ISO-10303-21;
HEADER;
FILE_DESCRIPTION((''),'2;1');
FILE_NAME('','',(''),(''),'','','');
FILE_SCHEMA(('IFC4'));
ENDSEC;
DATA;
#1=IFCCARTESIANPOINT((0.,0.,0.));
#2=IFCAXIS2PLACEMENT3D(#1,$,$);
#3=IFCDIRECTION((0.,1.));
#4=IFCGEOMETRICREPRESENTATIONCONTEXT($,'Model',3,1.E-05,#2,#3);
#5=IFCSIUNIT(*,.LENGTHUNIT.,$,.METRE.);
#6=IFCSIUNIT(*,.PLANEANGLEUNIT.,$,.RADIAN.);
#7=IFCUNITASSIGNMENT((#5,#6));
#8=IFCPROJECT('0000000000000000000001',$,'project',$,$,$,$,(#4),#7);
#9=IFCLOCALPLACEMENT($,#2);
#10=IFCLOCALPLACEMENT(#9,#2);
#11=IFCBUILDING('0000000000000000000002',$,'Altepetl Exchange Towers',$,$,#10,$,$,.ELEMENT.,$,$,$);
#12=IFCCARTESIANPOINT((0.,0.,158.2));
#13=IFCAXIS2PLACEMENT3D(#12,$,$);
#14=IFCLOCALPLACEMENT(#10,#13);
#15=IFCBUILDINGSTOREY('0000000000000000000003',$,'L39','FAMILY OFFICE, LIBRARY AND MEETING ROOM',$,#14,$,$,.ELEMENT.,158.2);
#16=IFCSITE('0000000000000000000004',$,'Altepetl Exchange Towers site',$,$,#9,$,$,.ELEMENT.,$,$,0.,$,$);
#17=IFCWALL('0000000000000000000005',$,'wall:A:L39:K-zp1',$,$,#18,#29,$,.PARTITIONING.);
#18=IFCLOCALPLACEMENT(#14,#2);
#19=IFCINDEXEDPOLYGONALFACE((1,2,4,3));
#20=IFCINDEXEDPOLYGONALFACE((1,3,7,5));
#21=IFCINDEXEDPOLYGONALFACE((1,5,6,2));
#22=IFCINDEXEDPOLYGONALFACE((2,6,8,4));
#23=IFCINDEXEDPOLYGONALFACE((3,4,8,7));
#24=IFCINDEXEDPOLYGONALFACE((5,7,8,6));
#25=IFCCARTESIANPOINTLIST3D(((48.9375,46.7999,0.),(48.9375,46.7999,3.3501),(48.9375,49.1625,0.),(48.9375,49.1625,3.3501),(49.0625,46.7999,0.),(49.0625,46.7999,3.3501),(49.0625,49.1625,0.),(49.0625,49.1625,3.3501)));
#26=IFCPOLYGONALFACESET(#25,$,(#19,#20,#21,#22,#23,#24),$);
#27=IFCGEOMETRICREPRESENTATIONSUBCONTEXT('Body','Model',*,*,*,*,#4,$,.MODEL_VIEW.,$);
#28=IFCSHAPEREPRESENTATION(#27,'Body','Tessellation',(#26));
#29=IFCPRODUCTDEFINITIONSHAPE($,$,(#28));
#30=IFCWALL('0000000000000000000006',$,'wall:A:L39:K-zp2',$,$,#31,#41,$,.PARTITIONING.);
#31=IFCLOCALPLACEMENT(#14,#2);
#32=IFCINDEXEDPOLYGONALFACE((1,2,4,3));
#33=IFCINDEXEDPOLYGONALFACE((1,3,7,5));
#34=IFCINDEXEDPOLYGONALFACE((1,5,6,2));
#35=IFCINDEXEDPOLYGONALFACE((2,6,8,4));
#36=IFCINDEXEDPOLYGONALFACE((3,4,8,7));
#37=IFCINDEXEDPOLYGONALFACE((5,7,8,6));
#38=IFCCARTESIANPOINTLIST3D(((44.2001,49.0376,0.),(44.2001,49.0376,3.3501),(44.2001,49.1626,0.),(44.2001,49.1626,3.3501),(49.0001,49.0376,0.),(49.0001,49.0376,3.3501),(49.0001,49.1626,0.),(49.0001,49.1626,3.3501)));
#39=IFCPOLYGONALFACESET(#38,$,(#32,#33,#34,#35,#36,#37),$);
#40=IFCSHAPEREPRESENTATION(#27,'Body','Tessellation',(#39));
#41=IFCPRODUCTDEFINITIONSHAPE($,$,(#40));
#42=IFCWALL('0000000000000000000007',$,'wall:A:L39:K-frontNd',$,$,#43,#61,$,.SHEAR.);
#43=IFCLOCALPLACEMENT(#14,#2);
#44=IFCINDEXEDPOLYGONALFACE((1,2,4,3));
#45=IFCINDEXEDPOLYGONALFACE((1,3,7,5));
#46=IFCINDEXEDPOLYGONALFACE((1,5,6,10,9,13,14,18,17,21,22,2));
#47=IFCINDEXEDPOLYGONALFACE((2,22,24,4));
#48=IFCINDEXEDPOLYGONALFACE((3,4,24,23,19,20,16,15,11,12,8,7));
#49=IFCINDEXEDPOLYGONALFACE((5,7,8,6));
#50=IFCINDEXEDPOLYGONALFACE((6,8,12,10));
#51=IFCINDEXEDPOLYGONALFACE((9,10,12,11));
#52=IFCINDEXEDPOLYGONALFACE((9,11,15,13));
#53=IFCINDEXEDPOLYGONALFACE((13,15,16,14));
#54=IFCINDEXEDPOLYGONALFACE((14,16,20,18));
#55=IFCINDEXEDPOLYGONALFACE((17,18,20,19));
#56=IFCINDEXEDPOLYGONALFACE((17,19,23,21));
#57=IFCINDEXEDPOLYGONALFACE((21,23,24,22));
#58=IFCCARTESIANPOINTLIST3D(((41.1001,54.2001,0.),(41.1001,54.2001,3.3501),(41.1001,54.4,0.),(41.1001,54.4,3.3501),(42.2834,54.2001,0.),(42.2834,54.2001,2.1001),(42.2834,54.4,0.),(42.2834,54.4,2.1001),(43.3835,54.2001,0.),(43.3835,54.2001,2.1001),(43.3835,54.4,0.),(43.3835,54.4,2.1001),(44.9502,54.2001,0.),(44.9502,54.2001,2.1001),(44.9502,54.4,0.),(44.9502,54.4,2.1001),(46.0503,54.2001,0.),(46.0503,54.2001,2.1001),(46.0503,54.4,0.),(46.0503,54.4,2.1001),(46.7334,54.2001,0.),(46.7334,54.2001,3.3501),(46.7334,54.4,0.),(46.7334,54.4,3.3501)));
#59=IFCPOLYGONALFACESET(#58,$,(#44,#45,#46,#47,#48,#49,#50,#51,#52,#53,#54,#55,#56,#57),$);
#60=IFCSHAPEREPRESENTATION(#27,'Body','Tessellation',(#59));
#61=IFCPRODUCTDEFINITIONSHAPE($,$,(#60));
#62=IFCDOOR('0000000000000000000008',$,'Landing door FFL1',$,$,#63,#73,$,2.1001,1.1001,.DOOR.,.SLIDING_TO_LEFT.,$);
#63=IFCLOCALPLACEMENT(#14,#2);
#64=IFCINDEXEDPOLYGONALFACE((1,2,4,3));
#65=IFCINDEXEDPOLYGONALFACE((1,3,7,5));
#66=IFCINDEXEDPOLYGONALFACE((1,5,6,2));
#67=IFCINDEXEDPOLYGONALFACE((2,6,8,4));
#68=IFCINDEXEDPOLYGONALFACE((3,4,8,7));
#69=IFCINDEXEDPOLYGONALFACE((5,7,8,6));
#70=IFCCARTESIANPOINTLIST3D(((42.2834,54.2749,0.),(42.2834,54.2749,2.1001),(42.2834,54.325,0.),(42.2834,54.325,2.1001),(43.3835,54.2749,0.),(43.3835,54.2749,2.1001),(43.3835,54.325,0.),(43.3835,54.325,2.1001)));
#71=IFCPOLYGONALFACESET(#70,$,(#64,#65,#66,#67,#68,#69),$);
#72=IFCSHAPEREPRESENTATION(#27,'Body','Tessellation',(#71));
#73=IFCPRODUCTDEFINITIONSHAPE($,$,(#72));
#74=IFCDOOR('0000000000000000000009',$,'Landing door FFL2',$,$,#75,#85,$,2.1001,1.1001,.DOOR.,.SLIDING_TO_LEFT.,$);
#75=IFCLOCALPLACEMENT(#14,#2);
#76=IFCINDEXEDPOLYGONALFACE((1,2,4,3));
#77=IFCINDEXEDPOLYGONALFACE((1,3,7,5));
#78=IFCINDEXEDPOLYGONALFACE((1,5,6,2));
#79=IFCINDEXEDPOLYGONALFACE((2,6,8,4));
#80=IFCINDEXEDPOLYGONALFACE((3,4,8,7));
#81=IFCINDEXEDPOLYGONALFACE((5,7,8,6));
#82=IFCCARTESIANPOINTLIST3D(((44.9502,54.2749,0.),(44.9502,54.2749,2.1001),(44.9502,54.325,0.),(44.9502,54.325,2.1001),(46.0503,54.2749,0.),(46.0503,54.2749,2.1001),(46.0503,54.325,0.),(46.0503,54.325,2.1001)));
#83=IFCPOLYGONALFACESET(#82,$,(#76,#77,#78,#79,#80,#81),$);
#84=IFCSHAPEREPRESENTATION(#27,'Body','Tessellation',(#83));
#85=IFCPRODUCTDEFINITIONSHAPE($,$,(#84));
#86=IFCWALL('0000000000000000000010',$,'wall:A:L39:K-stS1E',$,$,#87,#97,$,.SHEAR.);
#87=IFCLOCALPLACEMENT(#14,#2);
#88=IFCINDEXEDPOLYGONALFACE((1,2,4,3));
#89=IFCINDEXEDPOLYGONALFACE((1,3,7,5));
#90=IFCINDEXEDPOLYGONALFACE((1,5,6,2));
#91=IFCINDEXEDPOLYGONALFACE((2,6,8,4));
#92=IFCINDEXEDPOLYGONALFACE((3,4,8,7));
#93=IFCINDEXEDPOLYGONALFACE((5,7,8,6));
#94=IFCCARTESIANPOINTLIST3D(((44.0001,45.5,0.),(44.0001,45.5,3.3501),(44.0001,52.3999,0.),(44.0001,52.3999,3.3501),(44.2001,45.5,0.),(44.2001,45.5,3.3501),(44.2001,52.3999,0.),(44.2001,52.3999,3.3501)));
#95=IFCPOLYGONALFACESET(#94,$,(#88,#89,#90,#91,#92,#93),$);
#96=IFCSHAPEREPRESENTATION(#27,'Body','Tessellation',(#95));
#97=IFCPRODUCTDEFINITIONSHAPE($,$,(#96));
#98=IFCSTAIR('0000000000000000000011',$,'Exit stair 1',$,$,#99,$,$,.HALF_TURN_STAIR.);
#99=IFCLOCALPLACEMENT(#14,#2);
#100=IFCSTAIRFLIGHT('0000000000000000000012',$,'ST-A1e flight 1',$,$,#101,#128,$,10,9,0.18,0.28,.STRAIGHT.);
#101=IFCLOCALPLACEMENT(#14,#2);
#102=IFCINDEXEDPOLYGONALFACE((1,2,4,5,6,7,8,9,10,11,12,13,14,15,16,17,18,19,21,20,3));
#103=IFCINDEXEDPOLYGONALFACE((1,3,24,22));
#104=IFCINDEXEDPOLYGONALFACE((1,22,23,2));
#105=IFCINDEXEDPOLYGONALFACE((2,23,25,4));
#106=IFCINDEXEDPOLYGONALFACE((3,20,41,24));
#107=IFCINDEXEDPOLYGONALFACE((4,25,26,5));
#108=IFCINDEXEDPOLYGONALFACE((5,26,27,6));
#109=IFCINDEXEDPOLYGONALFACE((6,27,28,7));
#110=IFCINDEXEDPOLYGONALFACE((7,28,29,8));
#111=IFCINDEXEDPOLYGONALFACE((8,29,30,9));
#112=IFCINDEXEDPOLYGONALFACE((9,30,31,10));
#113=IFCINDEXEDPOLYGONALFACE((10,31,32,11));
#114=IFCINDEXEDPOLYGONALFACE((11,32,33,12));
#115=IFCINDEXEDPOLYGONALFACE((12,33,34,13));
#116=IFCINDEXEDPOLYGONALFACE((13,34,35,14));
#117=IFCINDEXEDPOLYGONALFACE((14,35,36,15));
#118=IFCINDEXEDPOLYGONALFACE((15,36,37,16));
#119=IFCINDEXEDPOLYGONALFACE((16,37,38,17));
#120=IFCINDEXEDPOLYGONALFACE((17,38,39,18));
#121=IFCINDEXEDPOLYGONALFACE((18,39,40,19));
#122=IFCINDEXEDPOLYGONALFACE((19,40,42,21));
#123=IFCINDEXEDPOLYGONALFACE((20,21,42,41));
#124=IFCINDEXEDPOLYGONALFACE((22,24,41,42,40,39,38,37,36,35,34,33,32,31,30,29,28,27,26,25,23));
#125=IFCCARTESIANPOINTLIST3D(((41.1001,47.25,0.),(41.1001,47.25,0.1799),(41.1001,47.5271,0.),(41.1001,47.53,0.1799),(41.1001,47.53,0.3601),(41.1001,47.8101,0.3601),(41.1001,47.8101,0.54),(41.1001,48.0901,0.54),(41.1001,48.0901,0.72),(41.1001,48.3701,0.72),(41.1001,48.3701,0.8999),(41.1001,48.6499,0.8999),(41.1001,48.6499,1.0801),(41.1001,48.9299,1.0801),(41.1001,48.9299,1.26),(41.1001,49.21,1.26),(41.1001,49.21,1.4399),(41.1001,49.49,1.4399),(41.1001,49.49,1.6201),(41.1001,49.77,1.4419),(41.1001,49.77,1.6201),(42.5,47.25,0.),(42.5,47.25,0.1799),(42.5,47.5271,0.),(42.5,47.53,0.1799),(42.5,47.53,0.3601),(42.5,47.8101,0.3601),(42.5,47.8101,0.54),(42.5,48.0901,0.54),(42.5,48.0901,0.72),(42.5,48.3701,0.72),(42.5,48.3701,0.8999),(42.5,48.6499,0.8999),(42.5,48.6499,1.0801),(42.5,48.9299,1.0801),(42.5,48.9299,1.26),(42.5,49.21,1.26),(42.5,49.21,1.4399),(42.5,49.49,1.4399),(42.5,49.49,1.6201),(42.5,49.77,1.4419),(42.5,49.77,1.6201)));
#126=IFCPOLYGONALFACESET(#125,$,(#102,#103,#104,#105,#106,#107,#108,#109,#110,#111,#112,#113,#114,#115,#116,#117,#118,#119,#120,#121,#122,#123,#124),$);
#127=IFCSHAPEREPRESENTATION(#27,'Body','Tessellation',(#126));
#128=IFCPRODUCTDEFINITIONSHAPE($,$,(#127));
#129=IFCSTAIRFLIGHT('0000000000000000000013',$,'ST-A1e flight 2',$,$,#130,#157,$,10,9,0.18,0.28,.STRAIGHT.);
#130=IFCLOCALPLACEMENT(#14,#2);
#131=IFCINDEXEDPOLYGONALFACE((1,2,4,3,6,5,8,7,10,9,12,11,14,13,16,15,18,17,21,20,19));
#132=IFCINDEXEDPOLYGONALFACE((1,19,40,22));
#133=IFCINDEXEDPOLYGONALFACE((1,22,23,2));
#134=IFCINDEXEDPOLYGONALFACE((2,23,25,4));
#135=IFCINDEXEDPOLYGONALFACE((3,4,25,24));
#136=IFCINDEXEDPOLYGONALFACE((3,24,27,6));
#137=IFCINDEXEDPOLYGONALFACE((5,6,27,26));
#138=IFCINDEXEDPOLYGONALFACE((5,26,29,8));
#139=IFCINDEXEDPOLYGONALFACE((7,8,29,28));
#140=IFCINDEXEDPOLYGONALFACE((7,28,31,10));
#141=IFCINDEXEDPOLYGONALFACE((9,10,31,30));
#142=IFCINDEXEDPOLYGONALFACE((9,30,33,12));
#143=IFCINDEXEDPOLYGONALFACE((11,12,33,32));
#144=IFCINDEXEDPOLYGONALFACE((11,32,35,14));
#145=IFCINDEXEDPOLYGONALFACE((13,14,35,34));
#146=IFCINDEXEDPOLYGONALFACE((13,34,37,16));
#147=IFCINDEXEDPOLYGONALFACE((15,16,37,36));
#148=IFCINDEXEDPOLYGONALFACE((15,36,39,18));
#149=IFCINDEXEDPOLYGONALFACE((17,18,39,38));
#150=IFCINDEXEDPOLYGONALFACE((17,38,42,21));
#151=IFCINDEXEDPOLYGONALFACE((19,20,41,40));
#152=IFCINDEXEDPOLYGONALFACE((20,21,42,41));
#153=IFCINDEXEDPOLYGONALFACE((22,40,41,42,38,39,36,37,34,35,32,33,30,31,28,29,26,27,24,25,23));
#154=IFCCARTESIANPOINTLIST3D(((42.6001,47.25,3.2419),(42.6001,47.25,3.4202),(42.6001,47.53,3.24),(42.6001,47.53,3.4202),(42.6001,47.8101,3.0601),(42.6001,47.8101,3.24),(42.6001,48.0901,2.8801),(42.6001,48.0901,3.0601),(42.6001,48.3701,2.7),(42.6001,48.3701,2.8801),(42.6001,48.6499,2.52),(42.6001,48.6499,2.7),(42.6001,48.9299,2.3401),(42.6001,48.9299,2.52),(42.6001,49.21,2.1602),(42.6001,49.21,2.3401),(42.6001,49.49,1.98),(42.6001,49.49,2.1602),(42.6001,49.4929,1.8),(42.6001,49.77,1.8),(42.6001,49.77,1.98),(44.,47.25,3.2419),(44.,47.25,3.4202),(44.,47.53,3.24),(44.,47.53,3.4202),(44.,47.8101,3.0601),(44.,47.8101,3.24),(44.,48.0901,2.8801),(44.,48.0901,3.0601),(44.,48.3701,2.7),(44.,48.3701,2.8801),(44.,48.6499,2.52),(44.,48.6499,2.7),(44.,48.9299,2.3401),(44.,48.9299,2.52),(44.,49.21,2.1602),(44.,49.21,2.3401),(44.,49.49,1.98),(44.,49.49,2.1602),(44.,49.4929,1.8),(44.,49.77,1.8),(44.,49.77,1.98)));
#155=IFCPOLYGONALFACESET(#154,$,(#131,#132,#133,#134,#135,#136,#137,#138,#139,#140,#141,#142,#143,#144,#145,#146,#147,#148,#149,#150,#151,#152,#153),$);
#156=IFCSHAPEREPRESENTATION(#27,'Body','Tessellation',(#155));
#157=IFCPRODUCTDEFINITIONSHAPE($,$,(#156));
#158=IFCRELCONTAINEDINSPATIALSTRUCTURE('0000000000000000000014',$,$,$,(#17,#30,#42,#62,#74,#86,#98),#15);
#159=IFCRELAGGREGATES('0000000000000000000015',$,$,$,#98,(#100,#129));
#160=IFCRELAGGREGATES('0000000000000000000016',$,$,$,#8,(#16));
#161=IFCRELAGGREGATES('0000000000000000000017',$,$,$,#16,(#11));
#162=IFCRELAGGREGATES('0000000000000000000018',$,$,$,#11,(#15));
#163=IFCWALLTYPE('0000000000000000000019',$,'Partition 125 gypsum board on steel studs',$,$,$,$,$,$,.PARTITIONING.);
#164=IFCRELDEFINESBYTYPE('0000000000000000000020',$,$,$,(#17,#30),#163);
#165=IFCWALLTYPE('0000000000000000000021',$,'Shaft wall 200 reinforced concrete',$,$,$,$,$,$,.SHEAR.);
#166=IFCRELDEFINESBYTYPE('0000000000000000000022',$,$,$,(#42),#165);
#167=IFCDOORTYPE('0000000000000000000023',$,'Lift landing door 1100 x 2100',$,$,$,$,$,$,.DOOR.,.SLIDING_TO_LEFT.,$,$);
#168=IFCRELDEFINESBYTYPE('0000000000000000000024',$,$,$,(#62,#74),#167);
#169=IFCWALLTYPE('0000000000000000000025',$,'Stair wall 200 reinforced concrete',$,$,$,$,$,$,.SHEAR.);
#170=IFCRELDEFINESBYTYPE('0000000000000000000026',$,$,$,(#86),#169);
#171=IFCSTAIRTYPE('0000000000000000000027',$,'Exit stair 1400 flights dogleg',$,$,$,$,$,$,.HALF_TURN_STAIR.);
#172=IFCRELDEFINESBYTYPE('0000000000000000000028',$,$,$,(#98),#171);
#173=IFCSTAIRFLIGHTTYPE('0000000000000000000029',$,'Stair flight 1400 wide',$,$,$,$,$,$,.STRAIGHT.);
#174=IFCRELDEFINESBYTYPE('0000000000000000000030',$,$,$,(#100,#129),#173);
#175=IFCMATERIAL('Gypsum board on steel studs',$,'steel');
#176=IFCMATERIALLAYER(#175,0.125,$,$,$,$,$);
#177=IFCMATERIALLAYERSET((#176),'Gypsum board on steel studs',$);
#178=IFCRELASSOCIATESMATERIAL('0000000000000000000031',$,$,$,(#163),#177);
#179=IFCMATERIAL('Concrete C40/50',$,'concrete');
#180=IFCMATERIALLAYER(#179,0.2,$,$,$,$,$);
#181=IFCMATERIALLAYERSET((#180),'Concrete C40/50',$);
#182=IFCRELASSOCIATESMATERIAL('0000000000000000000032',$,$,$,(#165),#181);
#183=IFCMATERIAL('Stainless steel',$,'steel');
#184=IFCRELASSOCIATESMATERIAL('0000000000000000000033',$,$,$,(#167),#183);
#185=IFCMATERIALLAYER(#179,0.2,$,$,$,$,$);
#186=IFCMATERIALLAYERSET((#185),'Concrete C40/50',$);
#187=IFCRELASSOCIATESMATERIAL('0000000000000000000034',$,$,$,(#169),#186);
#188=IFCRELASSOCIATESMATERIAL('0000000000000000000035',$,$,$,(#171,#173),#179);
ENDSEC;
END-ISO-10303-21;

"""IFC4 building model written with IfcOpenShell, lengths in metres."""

from ifc_helpers import new_model, si_unit, direction, frame, frame_2d, origin, place, context, subcontext, project, spatial, polyline, rectangle, outline, extrude, material, layer, layer_set, type_object, element, fill, aggregate, save


model = new_model("IFC4")

# Units and contexts
model_context = context("Model", 3, precision=1e-05, world=origin(), true_north=direction((0.0, 1.0)))
body_context = subcontext(model_context, "Body", "Model", "MODEL_VIEW")
ifc_project = project(units=[si_unit("LENGTHUNIT", "METRE"), si_unit("PLANEANGLEUNIT", "RADIAN")], contexts=[model_context])

# Site, building, storey
site_placement = place(None, origin())
site = spatial("IfcSite", under=ifc_project, at=site_placement, Name="Altepetl Exchange Towers site", CompositionType="ELEMENT", RefElevation=0.0)
building_placement = place(site_placement, origin())
building = spatial("IfcBuilding", under=site, at=building_placement, Name="Altepetl Exchange Towers", CompositionType="ELEMENT")
storey_placement = place(building_placement, frame((0.0, 0.0, 158.2)))
storey = spatial("IfcBuildingStorey", under=building, at=storey_placement, Name="L39", Description="FAMILY OFFICE, LIBRARY AND MEETING ROOM", CompositionType="ELEMENT", Elevation=158.2)

# Walls
ifc_material_1 = material(Name="Gypsum board on steel studs", Category="steel")
ifc_layer_1 = layer(ifc_material_1, 0.125)
ifc_layer_set_1 = layer_set([ifc_layer_1], Name="Gypsum board on steel studs")
wall_type_1 = type_object("IfcWallType", Name="Partition 125 gypsum board on steel studs", PredefinedType="PARTITIONING", material=ifc_layer_set_1)
wall_1_placement = place(storey_placement, frame((49.0, 46.8, 0.0), z_axis=(0.0, 0.0, 1.0), x_axis=(0.0, 1.0, 0.0)))
element("IfcWall", 1, at=wall_1_placement, inside=storey, type_object=wall_type_1, Name="wall:A:L39:K-zp1", PredefinedType="PARTITIONING", context=body_context, shape_type="SweptSolid", body=[
    extrude(rectangle(XDim=2.3625, YDim=0.125, at=frame_2d((1.1812, 0.0))), origin(), (0.0, 0.0, 1.0), 3.3501),
])
wall_2_placement = place(storey_placement, frame((49.0, 49.1001, 0.0), z_axis=(0.0, 0.0, 1.0), x_axis=(-1.0, 0.0, 0.0)))
element("IfcWall", 2, at=wall_2_placement, inside=storey, type_object=wall_type_1, Name="wall:A:L39:K-zp2", PredefinedType="PARTITIONING", context=body_context, shape_type="SweptSolid", body=[
    extrude(rectangle(XDim=4.8, YDim=0.125, at=frame_2d((2.3999, 0.0))), origin(), (0.0, 0.0, 1.0), 3.3501),
])

# Wall, openings, doors
ifc_material_2 = material(Name="Concrete C40/50", Category="concrete")
ifc_layer_2 = layer(ifc_material_2, 0.2)
ifc_layer_set_2 = layer_set([ifc_layer_2], Name="Concrete C40/50")
wall_type_2 = type_object("IfcWallType", Name="Shaft wall 200 reinforced concrete", PredefinedType="SHEAR", material=ifc_layer_set_2)
wall_3_placement = place(storey_placement, frame((41.1001, 54.3, 0.0)))
wall_3 = element("IfcWall", 3, at=wall_3_placement, inside=storey, type_object=wall_type_2, Name="wall:A:L39:K-frontNd", PredefinedType="SHEAR", context=body_context, shape_type="SweptSolid", body=[
    extrude(rectangle(XDim=5.6333, YDim=0.2, at=frame_2d((2.8167, 0.0))), origin(), (0.0, 0.0, 1.0), 3.3501),
])
opening_1_placement = place(wall_3_placement, frame((1.1833, 0.0, 0.0)))
opening_1 = element("IfcOpeningElement", 4, at=opening_1_placement, cuts=wall_3, PredefinedType="OPENING", context=body_context, shape_type="SweptSolid", body=[
    extrude(rectangle(XDim=1.1001, YDim=2.1001, at=frame_2d((0.55, 1.05))), frame((0.0, 0.1099, 0.0), z_axis=(0.0, -1.0, 0.0), x_axis=(1.0, 0.0, 0.0)), (0.0, 0.0, 1.0), 0.22),
])
opening_2_placement = place(wall_3_placement, frame((3.8501, 0.0, 0.0)))
opening_2 = element("IfcOpeningElement", 5, at=opening_2_placement, cuts=wall_3, PredefinedType="OPENING", context=body_context, shape_type="SweptSolid", body=[
    extrude(rectangle(XDim=1.1001, YDim=2.1001, at=frame_2d((0.55, 1.05))), frame((0.0, 0.1099, 0.0), z_axis=(0.0, -1.0, 0.0), x_axis=(1.0, 0.0, 0.0)), (0.0, 0.0, 1.0), 0.22),
])
ifc_material_3 = material(Name="Stainless steel", Category="steel")
door_type_1 = type_object("IfcDoorType", Name="Lift landing door 1100 x 2100", OperationType="SLIDING_TO_LEFT", PredefinedType="DOOR", material=ifc_material_3)
door_1_placement = place(opening_1_placement, origin())
door_1 = element("IfcDoor", 6, at=door_1_placement, inside=storey, type_object=door_type_1, Name="Landing door FFL1", OperationType="SLIDING_TO_LEFT", OverallHeight=2.1001, OverallWidth=1.1001, PredefinedType="DOOR", context=body_context, shape_type="SweptSolid", body=[
    extrude(rectangle(XDim=1.1001, YDim=2.1001, at=frame_2d((0.55, 1.05))), frame((0.0, 0.0249, 0.0), z_axis=(0.0, -1.0, 0.0), x_axis=(1.0, 0.0, 0.0)), (0.0, 0.0, 1.0), 0.05),
])
fill(opening_1, door_1)
door_2_placement = place(opening_2_placement, origin())
door_2 = element("IfcDoor", 7, at=door_2_placement, inside=storey, type_object=door_type_1, Name="Landing door FFL2", OperationType="SLIDING_TO_LEFT", OverallHeight=2.1001, OverallWidth=1.1001, PredefinedType="DOOR", context=body_context, shape_type="SweptSolid", body=[
    extrude(rectangle(XDim=1.1001, YDim=2.1001, at=frame_2d((0.55, 1.05))), frame((0.0, 0.0249, 0.0), z_axis=(0.0, -1.0, 0.0), x_axis=(1.0, 0.0, 0.0)), (0.0, 0.0, 1.0), 0.05),
])
fill(opening_2, door_2)

# Wall
ifc_layer_3 = layer(ifc_material_2, 0.2)
ifc_layer_set_3 = layer_set([ifc_layer_3], Name="Concrete C40/50")
wall_type_3 = type_object("IfcWallType", Name="Stair wall 200 reinforced concrete", PredefinedType="SHEAR", material=ifc_layer_set_3)
wall_4_placement = place(storey_placement, frame((44.1001, 45.5, 0.0), z_axis=(0.0, 0.0, 1.0), x_axis=(0.0, 1.0, 0.0)))
element("IfcWall", 8, at=wall_4_placement, inside=storey, type_object=wall_type_3, Name="wall:A:L39:K-stS1E", PredefinedType="SHEAR", context=body_context, shape_type="SweptSolid", body=[
    extrude(rectangle(XDim=6.8999, YDim=0.2, at=frame_2d((3.45, 0.0))), origin(), (0.0, 0.0, 1.0), 3.3501),
])

# Stair, stair flights
stair_type = type_object("IfcStairType", Name="Exit stair 1400 flights dogleg", PredefinedType="HALF_TURN_STAIR", material=ifc_material_2)
stair_placement = place(storey_placement, origin())
stair = element("IfcStair", 9, at=stair_placement, inside=storey, type_object=stair_type, Name="Exit stair 1", PredefinedType="HALF_TURN_STAIR")
stair_flight_type = type_object("IfcStairFlightType", Name="Stair flight 1400 wide", PredefinedType="STRAIGHT", material=ifc_material_2)
stair_flight_1_placement = place(storey_placement, frame((41.8, 47.25, 0.0), z_axis=(0.0, 0.0, 1.0), x_axis=(0.0, 1.0, 0.0)))
stair_flight_1 = element("IfcStairFlight", 10, at=stair_flight_1_placement, type_object=stair_flight_type, Name="ST-A1e flight 1", NumberOfRisers=10, NumberOfTreads=9, PredefinedType="STRAIGHT", RiserHeight=0.18, TreadLength=0.28, context=body_context, shape_type="SweptSolid", body=[
    extrude(outline(polyline([(0.0, 0.0), (0.0, 0.1799), (0.28, 0.1799), (0.28, 0.3601), (0.5601, 0.3601), (0.5601, 0.54), (0.8401, 0.54), (0.8401, 0.72), (1.1201, 0.72), (1.1201, 0.8999), (1.3999, 0.8999), (1.3999, 1.0801), (1.6799, 1.0801), (1.6799, 1.26), (1.96, 1.26), (1.96, 1.4399), (2.24, 1.4399), (2.24, 1.6201), (2.52, 1.6201), (2.52, 1.8), (2.52, 1.4419), (0.2771, 0.0), (0.0, 0.0)])), frame((0.0, 0.7, 0.0), z_axis=(0.0, -1.0, 0.0), x_axis=(1.0, 0.0, 0.0)), (0.0, 0.0, 1.0), 1.3999),
])
stair_flight_2_placement = place(storey_placement, frame((43.3, 49.77, 1.8), z_axis=(0.0, 0.0, 1.0), x_axis=(0.0, -1.0, 0.0)))
stair_flight_2 = element("IfcStairFlight", 11, at=stair_flight_2_placement, type_object=stair_flight_type, Name="ST-A1e flight 2", NumberOfRisers=10, NumberOfTreads=9, PredefinedType="STRAIGHT", RiserHeight=0.18, TreadLength=0.28, context=body_context, shape_type="SweptSolid", body=[
    extrude(outline(polyline([(0.0, 0.0), (0.0, 0.1799), (0.28, 0.1799), (0.28, 0.3601), (0.5601, 0.3601), (0.5601, 0.54), (0.8401, 0.54), (0.8401, 0.72), (1.1201, 0.72), (1.1201, 0.8999), (1.3999, 0.8999), (1.3999, 1.0801), (1.6799, 1.0801), (1.6799, 1.26), (1.96, 1.26), (1.96, 1.4399), (2.24, 1.4399), (2.24, 1.6201), (2.52, 1.6201), (2.52, 1.8), (2.52, 1.4419), (0.2771, 0.0), (0.0, 0.0)])), frame((0.0, 0.7, 0.0), z_axis=(0.0, -1.0, 0.0), x_axis=(1.0, 0.0, 0.0)), (0.0, 0.0, 1.0), 1.3999),
])
aggregate(stair, [stair_flight_1, stair_flight_2])

save(model, "model.ifc")
